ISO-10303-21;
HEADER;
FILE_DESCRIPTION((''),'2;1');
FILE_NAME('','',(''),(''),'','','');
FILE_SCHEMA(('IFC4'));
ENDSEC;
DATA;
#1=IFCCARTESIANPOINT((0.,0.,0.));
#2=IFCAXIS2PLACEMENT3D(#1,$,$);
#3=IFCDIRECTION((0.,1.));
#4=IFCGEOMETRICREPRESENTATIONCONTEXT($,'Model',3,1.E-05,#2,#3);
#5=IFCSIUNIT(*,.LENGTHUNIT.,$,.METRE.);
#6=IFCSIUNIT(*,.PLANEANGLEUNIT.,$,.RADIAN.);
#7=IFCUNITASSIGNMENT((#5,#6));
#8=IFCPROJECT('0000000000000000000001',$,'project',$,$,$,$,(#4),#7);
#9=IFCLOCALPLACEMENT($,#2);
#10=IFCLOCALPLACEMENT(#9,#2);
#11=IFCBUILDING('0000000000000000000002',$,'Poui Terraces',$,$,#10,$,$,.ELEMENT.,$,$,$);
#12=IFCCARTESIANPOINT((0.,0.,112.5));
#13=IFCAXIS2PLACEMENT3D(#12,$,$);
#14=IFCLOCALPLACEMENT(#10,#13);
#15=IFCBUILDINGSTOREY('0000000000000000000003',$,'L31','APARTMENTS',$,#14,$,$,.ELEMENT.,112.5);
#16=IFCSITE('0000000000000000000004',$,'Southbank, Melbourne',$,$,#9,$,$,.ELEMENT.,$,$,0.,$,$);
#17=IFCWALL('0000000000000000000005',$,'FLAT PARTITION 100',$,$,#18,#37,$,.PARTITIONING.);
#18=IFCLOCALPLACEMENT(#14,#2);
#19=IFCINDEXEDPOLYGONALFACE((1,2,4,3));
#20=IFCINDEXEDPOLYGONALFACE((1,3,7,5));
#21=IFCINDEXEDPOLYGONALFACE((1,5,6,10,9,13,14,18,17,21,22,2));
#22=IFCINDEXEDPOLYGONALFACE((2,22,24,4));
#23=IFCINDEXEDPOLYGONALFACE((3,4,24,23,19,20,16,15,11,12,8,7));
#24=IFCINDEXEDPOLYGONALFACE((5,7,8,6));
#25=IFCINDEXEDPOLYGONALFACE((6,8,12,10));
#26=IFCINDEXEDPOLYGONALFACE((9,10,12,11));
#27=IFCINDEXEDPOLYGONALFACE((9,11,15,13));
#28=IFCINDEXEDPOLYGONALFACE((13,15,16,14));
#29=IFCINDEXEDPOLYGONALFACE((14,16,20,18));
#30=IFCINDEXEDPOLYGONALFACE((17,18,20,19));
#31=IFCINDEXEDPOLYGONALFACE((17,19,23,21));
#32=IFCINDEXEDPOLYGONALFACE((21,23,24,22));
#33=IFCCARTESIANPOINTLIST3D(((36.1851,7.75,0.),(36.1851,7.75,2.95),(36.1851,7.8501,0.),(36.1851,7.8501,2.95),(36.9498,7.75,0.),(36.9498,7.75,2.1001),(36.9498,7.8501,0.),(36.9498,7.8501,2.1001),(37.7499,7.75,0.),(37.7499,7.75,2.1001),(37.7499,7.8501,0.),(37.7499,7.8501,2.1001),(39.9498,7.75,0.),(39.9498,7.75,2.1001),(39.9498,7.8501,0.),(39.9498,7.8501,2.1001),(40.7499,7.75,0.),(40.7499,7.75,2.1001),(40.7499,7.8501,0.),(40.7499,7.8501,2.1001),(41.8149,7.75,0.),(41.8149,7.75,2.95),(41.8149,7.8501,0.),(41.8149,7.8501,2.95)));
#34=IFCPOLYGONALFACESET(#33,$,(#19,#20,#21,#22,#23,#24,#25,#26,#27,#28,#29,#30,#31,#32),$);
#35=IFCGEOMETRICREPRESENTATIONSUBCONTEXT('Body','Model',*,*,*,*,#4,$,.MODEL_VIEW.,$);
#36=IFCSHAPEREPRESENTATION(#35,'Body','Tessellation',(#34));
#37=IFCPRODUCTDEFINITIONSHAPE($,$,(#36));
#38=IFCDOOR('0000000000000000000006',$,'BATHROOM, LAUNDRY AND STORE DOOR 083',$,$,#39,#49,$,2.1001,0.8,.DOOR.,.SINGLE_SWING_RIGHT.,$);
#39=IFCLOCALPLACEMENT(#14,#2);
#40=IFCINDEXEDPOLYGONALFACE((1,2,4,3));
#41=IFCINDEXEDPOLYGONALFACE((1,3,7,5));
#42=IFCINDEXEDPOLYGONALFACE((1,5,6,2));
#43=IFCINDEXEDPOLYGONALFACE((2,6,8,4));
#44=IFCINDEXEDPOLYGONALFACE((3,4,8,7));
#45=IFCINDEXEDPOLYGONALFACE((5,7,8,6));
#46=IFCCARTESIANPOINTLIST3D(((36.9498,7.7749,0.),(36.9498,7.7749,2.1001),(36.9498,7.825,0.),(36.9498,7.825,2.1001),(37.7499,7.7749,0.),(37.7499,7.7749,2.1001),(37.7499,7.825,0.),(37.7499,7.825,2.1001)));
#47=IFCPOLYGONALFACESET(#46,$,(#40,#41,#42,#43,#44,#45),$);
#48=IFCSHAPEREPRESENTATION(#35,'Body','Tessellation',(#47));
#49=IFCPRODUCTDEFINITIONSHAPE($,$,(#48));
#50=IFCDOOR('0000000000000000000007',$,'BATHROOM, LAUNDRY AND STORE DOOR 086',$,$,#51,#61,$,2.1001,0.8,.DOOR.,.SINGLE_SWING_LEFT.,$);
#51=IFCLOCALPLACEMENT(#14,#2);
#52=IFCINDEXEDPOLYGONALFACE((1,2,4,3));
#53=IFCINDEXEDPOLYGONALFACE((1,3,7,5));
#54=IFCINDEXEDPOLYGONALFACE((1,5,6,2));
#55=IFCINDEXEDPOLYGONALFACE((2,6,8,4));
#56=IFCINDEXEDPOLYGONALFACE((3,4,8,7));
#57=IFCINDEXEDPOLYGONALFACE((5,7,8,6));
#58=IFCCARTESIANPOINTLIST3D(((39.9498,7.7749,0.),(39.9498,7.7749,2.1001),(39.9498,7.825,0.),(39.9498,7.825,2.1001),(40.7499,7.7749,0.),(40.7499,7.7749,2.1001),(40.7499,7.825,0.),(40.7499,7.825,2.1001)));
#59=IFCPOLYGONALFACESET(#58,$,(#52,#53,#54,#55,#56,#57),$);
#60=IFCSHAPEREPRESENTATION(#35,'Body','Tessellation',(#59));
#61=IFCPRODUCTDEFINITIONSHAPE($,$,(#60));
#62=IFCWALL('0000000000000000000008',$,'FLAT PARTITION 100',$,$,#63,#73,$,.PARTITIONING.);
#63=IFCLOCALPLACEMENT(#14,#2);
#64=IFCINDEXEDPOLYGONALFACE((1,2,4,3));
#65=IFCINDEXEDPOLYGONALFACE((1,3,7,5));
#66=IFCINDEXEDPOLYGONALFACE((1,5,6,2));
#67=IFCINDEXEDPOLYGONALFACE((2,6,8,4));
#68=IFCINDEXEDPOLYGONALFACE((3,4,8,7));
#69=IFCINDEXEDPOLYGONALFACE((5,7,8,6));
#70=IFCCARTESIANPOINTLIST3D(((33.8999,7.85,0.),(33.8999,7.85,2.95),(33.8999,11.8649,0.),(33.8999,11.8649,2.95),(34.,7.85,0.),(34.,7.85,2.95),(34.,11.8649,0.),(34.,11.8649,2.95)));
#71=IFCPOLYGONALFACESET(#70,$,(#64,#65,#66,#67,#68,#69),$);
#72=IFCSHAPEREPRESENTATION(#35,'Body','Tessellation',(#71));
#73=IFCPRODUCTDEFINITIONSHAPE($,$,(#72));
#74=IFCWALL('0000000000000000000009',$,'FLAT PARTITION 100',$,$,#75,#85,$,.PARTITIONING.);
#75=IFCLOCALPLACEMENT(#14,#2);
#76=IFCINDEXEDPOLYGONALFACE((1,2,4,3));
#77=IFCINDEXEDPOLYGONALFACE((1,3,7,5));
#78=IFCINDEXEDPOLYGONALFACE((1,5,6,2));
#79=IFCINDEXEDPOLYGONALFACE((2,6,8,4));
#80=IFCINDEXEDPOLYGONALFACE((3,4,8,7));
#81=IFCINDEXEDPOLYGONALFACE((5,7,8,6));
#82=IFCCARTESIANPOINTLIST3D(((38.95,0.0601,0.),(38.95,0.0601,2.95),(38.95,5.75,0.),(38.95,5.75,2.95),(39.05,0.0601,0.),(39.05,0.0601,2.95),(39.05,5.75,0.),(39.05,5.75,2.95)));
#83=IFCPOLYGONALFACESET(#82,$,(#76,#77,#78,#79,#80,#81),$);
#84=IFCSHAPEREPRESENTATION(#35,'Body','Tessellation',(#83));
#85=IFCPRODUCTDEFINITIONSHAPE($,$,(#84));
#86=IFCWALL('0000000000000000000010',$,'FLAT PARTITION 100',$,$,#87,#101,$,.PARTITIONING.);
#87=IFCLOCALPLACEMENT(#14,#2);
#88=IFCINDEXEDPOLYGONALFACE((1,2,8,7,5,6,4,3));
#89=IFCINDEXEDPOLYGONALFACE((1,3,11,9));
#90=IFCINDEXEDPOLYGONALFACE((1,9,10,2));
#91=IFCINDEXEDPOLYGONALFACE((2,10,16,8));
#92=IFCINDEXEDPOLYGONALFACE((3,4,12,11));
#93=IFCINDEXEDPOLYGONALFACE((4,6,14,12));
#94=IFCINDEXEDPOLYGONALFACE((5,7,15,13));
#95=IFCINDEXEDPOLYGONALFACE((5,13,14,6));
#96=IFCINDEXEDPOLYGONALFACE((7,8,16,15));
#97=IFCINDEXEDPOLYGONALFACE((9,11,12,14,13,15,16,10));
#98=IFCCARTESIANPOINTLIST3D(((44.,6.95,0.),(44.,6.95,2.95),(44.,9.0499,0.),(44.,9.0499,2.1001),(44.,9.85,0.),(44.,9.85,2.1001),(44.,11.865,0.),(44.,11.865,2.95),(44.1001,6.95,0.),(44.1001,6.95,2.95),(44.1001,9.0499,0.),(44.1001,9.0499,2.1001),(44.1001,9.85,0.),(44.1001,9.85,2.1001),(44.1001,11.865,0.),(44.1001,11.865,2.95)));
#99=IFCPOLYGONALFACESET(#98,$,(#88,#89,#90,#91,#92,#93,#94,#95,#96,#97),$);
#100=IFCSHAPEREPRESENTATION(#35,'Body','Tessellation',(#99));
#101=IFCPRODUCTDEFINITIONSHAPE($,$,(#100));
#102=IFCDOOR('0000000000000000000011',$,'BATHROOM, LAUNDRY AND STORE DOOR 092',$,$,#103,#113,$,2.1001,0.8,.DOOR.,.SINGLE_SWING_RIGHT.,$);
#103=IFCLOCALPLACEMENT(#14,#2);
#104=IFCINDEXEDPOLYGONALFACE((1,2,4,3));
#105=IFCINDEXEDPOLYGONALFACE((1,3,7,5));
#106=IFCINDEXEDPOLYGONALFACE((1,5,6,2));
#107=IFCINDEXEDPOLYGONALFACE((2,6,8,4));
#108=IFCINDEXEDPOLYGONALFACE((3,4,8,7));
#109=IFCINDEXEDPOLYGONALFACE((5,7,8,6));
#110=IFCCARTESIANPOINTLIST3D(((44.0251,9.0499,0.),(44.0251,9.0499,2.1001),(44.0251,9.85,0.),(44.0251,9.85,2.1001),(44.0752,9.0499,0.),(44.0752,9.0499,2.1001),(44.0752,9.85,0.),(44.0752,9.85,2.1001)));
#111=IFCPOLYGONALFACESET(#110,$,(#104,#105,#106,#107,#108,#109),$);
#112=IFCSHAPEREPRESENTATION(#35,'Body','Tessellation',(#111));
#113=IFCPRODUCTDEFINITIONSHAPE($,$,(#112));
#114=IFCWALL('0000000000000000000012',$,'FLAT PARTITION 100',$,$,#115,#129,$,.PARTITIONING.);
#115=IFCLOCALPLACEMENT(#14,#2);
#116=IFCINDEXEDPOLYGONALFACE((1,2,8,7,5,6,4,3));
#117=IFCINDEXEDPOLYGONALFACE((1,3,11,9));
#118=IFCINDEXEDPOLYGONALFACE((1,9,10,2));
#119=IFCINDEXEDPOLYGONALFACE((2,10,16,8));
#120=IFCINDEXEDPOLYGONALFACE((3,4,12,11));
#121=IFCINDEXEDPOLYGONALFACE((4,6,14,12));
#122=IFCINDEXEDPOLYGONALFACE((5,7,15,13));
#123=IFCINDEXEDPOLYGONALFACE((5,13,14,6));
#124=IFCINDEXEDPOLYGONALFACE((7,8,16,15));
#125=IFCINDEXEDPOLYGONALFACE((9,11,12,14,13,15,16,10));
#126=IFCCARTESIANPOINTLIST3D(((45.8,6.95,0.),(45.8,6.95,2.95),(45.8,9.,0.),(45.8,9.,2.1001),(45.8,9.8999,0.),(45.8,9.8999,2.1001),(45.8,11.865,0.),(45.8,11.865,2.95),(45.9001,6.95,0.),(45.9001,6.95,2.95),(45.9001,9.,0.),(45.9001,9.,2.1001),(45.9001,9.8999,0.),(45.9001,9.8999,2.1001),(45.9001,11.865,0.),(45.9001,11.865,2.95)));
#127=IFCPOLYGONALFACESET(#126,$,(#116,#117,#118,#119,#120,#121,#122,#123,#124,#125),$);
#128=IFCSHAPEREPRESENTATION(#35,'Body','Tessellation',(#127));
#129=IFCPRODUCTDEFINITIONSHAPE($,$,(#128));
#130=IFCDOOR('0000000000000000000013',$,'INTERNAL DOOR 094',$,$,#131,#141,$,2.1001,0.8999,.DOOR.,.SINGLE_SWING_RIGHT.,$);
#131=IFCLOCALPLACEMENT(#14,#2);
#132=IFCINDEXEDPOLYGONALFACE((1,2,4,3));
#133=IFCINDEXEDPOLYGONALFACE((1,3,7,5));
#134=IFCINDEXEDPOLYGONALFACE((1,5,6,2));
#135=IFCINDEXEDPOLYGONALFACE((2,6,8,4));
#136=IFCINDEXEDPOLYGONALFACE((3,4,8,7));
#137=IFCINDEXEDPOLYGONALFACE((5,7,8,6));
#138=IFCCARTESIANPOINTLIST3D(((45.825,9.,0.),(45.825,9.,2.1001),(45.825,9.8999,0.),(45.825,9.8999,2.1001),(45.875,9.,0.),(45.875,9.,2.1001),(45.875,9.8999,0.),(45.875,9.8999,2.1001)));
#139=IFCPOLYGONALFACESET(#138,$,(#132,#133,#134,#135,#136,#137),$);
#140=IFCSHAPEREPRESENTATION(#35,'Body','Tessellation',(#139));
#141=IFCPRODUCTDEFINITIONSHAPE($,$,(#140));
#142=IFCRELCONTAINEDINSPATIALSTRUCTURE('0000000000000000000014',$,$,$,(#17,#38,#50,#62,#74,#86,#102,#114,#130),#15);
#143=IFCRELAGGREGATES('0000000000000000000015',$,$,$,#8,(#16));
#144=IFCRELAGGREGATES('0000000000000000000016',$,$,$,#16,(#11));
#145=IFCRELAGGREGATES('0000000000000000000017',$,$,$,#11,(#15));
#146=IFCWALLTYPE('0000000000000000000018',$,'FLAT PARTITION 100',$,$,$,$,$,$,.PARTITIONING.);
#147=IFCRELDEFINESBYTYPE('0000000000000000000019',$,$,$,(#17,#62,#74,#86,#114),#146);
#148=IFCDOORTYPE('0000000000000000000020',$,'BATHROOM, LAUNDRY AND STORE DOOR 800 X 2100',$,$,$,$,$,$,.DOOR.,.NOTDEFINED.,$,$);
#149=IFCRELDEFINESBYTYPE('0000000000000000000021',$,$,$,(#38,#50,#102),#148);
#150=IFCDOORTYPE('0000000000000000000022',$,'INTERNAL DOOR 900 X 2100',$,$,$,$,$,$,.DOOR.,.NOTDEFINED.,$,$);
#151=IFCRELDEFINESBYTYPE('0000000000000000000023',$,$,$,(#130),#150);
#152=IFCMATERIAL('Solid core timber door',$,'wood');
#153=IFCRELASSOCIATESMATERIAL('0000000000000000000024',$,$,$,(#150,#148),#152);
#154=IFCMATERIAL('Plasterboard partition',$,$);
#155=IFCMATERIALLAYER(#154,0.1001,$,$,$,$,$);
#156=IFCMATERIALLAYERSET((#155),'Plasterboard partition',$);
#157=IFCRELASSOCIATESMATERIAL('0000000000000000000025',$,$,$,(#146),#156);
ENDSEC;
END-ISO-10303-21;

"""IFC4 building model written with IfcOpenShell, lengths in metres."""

from ifc_helpers import new_model, si_unit, direction, frame, frame_2d, origin, place, context, subcontext, project, spatial, rectangle, extrude, material, layer, layer_set, type_object, element, fill, save


model = new_model("IFC4")

# Units and contexts
model_context = context("Model", 3, precision=1e-05, world=origin(), true_north=direction((0.0, 1.0)))
body_context = subcontext(model_context, "Body", "Model", "MODEL_VIEW")
ifc_project = project(units=[si_unit("LENGTHUNIT", "METRE"), si_unit("PLANEANGLEUNIT", "RADIAN")], contexts=[model_context])

# Site, building, storey
site_placement = place(None, origin())
site = spatial("IfcSite", under=ifc_project, at=site_placement, Name="Southbank, Melbourne", CompositionType="ELEMENT", RefElevation=0.0)
building_placement = place(site_placement, origin())
building = spatial("IfcBuilding", under=site, at=building_placement, Name="Poui Terraces", CompositionType="ELEMENT")
storey_placement = place(building_placement, frame((0.0, 0.0, 112.5)))
storey = spatial("IfcBuildingStorey", under=building, at=storey_placement, Name="L31", Description="APARTMENTS", CompositionType="ELEMENT", Elevation=112.5)

# Shared definitions
ifc_material_1 = material(Name="Solid core timber door", Category="wood")
door_type_1 = type_object("IfcDoorType", Name="INTERNAL DOOR 900 X 2100", OperationType="NOTDEFINED", PredefinedType="DOOR", material=ifc_material_1)

# Shared definitions
ifc_material_2 = material(Name="Plasterboard partition")
ifc_layer_1 = layer(ifc_material_2, 0.1001)
ifc_layer_set_1 = layer_set([ifc_layer_1], Name="Plasterboard partition")
wall_type_1 = type_object("IfcWallType", Name="FLAT PARTITION 100", PredefinedType="PARTITIONING", material=ifc_layer_set_1)

# Shared definitions
door_type_2 = type_object("IfcDoorType", Name="BATHROOM, LAUNDRY AND STORE DOOR 800 X 2100", OperationType="NOTDEFINED", PredefinedType="DOOR", material=ifc_material_1)

# Wall, openings, doors
wall_1_placement = place(storey_placement, frame((36.1851, 7.8, 0.0), z_axis=(0.0, 0.0, 1.0), x_axis=(1.0, 0.0, 0.0)))
wall_1 = element("IfcWall", 1, at=wall_1_placement, inside=storey, type_object=wall_type_1, Name="FLAT PARTITION 100", PredefinedType="PARTITIONING", context=body_context, shape_type="SweptSolid", body=[
    extrude(rectangle(XDim=5.6299, YDim=0.1001, at=frame_2d((2.8149, 0.0))), origin(), (0.0, 0.0, 1.0), 2.95),
])
opening_1_placement = place(wall_1_placement, frame((0.7649, 0.0, 0.0)))
opening_1 = element("IfcOpeningElement", 2, at=opening_1_placement, cuts=wall_1, PredefinedType="OPENING", context=body_context, shape_type="SweptSolid", body=[
    extrude(rectangle(XDim=0.8, YDim=2.1001, at=frame_2d((0.3999, 1.05))), frame((0.0, 0.0601, 0.0), z_axis=(0.0, -1.0, 0.0), x_axis=(1.0, 0.0, 0.0)), (0.0, 0.0, 1.0), 0.1201),
])
opening_2_placement = place(wall_1_placement, frame((3.7649, 0.0, 0.0)))
opening_2 = element("IfcOpeningElement", 3, at=opening_2_placement, cuts=wall_1, PredefinedType="OPENING", context=body_context, shape_type="SweptSolid", body=[
    extrude(rectangle(XDim=0.8, YDim=2.1001, at=frame_2d((0.3999, 1.05))), frame((0.0, 0.0601, 0.0), z_axis=(0.0, -1.0, 0.0), x_axis=(1.0, 0.0, 0.0)), (0.0, 0.0, 1.0), 0.1201),
])
door_1_placement = place(opening_1_placement, origin())
door_1 = element("IfcDoor", 4, at=door_1_placement, inside=storey, type_object=door_type_2, Name="BATHROOM, LAUNDRY AND STORE DOOR 083", OperationType="SINGLE_SWING_RIGHT", OverallHeight=2.1001, OverallWidth=0.8, PredefinedType="DOOR", context=body_context, shape_type="SweptSolid", body=[
    extrude(rectangle(XDim=0.8, YDim=2.1001, at=frame_2d((0.3999, 1.05))), frame((0.0, 0.0249, 0.0), z_axis=(0.0, -1.0, 0.0), x_axis=(1.0, 0.0, 0.0)), (0.0, 0.0, 1.0), 0.05),
])
fill(opening_1, door_1)
door_2_placement = place(opening_2_placement, origin())
door_2 = element("IfcDoor", 5, at=door_2_placement, inside=storey, type_object=door_type_2, Name="BATHROOM, LAUNDRY AND STORE DOOR 086", OperationType="SINGLE_SWING_LEFT", OverallHeight=2.1001, OverallWidth=0.8, PredefinedType="DOOR", context=body_context, shape_type="SweptSolid", body=[
    extrude(rectangle(XDim=0.8, YDim=2.1001, at=frame_2d((0.3999, 1.05))), frame((0.0, 0.0249, 0.0), z_axis=(0.0, -1.0, 0.0), x_axis=(1.0, 0.0, 0.0)), (0.0, 0.0, 1.0), 0.05),
])
fill(opening_2, door_2)

# Walls
wall_2_placement = place(storey_placement, frame((33.95, 7.8501, 0.0), z_axis=(0.0, 0.0, 1.0), x_axis=(0.0, 1.0, 0.0)))
element("IfcWall", 6, at=wall_2_placement, inside=storey, type_object=wall_type_1, Name="FLAT PARTITION 100", PredefinedType="PARTITIONING", context=body_context, shape_type="SweptSolid", body=[
    extrude(rectangle(XDim=4.0149, YDim=0.1001, at=frame_2d((2.0073, 0.0))), origin(), (0.0, 0.0, 1.0), 2.95),
])
wall_3_placement = place(storey_placement, frame((39.0, 0.0601, 0.0), z_axis=(0.0, 0.0, 1.0), x_axis=(0.0, 1.0, 0.0)))
element("IfcWall", 7, at=wall_3_placement, inside=storey, type_object=wall_type_1, Name="FLAT PARTITION 100", PredefinedType="PARTITIONING", context=body_context, shape_type="SweptSolid", body=[
    extrude(rectangle(XDim=5.6899, YDim=0.1001, at=frame_2d((2.845, 0.0))), origin(), (0.0, 0.0, 1.0), 2.95),
])

# Walls, openings, doors
wall_4_placement = place(storey_placement, frame((44.05, 6.95, 0.0), z_axis=(0.0, 0.0, 1.0), x_axis=(0.0, 1.0, 0.0)))
wall_4 = element("IfcWall", 8, at=wall_4_placement, inside=storey, type_object=wall_type_1, Name="FLAT PARTITION 100", PredefinedType="PARTITIONING", context=body_context, shape_type="SweptSolid", body=[
    extrude(rectangle(XDim=4.915, YDim=0.1001, at=frame_2d((2.4575, 0.0))), origin(), (0.0, 0.0, 1.0), 2.95),
])
opening_3_placement = place(wall_4_placement, frame((2.1001, 0.0, 0.0)))
opening_3 = element("IfcOpeningElement", 9, at=opening_3_placement, cuts=wall_4, PredefinedType="OPENING", context=body_context, shape_type="SweptSolid", body=[
    extrude(rectangle(XDim=0.8, YDim=2.1001, at=frame_2d((0.3999, 1.05))), frame((0.0, 0.0601, 0.0), z_axis=(0.0, -1.0, 0.0), x_axis=(1.0, 0.0, 0.0)), (0.0, 0.0, 1.0), 0.1201),
])
door_3_placement = place(opening_3_placement, origin())
door_3 = element("IfcDoor", 10, at=door_3_placement, inside=storey, type_object=door_type_2, Name="BATHROOM, LAUNDRY AND STORE DOOR 092", OperationType="SINGLE_SWING_RIGHT", OverallHeight=2.1001, OverallWidth=0.8, PredefinedType="DOOR", context=body_context, shape_type="SweptSolid", body=[
    extrude(rectangle(XDim=0.8, YDim=2.1001, at=frame_2d((0.3999, 1.05))), frame((0.0, 0.0249, 0.0), z_axis=(0.0, -1.0, 0.0), x_axis=(1.0, 0.0, 0.0)), (0.0, 0.0, 1.0), 0.05),
])
fill(opening_3, door_3)
wall_5_placement = place(storey_placement, frame((45.8501, 6.95, 0.0), z_axis=(0.0, 0.0, 1.0), x_axis=(0.0, 1.0, 0.0)))
wall_5 = element("IfcWall", 11, at=wall_5_placement, inside=storey, type_object=wall_type_1, Name="FLAT PARTITION 100", PredefinedType="PARTITIONING", context=body_context, shape_type="SweptSolid", body=[
    extrude(rectangle(XDim=4.915, YDim=0.1001, at=frame_2d((2.4575, 0.0))), origin(), (0.0, 0.0, 1.0), 2.95),
])
opening_4_placement = place(wall_5_placement, frame((2.05, 0.0, 0.0)))
opening_4 = element("IfcOpeningElement", 12, at=opening_4_placement, cuts=wall_5, PredefinedType="OPENING", context=body_context, shape_type="SweptSolid", body=[
    extrude(rectangle(XDim=0.8999, YDim=2.1001, at=frame_2d((0.45, 1.05))), frame((0.0, 0.0601, 0.0), z_axis=(0.0, -1.0, 0.0), x_axis=(1.0, 0.0, 0.0)), (0.0, 0.0, 1.0), 0.1201),
])
door_4_placement = place(opening_4_placement, frame((0.8999, 0.0, 0.0), z_axis=(0.0, 0.0, 1.0), x_axis=(-1.0, 0.0, 0.0)))
door_4 = element("IfcDoor", 13, at=door_4_placement, inside=storey, type_object=door_type_1, Name="INTERNAL DOOR 094", OperationType="SINGLE_SWING_RIGHT", OverallHeight=2.1001, OverallWidth=0.8999, PredefinedType="DOOR", context=body_context, shape_type="SweptSolid", body=[
    extrude(rectangle(XDim=0.8999, YDim=2.1001, at=frame_2d((0.45, 1.05))), frame((0.0, 0.0249, 0.0), z_axis=(0.0, -1.0, 0.0), x_axis=(1.0, 0.0, 0.0)), (0.0, 0.0, 1.0), 0.05),
])
fill(opening_4, door_4)

save(model, "model.ifc")
